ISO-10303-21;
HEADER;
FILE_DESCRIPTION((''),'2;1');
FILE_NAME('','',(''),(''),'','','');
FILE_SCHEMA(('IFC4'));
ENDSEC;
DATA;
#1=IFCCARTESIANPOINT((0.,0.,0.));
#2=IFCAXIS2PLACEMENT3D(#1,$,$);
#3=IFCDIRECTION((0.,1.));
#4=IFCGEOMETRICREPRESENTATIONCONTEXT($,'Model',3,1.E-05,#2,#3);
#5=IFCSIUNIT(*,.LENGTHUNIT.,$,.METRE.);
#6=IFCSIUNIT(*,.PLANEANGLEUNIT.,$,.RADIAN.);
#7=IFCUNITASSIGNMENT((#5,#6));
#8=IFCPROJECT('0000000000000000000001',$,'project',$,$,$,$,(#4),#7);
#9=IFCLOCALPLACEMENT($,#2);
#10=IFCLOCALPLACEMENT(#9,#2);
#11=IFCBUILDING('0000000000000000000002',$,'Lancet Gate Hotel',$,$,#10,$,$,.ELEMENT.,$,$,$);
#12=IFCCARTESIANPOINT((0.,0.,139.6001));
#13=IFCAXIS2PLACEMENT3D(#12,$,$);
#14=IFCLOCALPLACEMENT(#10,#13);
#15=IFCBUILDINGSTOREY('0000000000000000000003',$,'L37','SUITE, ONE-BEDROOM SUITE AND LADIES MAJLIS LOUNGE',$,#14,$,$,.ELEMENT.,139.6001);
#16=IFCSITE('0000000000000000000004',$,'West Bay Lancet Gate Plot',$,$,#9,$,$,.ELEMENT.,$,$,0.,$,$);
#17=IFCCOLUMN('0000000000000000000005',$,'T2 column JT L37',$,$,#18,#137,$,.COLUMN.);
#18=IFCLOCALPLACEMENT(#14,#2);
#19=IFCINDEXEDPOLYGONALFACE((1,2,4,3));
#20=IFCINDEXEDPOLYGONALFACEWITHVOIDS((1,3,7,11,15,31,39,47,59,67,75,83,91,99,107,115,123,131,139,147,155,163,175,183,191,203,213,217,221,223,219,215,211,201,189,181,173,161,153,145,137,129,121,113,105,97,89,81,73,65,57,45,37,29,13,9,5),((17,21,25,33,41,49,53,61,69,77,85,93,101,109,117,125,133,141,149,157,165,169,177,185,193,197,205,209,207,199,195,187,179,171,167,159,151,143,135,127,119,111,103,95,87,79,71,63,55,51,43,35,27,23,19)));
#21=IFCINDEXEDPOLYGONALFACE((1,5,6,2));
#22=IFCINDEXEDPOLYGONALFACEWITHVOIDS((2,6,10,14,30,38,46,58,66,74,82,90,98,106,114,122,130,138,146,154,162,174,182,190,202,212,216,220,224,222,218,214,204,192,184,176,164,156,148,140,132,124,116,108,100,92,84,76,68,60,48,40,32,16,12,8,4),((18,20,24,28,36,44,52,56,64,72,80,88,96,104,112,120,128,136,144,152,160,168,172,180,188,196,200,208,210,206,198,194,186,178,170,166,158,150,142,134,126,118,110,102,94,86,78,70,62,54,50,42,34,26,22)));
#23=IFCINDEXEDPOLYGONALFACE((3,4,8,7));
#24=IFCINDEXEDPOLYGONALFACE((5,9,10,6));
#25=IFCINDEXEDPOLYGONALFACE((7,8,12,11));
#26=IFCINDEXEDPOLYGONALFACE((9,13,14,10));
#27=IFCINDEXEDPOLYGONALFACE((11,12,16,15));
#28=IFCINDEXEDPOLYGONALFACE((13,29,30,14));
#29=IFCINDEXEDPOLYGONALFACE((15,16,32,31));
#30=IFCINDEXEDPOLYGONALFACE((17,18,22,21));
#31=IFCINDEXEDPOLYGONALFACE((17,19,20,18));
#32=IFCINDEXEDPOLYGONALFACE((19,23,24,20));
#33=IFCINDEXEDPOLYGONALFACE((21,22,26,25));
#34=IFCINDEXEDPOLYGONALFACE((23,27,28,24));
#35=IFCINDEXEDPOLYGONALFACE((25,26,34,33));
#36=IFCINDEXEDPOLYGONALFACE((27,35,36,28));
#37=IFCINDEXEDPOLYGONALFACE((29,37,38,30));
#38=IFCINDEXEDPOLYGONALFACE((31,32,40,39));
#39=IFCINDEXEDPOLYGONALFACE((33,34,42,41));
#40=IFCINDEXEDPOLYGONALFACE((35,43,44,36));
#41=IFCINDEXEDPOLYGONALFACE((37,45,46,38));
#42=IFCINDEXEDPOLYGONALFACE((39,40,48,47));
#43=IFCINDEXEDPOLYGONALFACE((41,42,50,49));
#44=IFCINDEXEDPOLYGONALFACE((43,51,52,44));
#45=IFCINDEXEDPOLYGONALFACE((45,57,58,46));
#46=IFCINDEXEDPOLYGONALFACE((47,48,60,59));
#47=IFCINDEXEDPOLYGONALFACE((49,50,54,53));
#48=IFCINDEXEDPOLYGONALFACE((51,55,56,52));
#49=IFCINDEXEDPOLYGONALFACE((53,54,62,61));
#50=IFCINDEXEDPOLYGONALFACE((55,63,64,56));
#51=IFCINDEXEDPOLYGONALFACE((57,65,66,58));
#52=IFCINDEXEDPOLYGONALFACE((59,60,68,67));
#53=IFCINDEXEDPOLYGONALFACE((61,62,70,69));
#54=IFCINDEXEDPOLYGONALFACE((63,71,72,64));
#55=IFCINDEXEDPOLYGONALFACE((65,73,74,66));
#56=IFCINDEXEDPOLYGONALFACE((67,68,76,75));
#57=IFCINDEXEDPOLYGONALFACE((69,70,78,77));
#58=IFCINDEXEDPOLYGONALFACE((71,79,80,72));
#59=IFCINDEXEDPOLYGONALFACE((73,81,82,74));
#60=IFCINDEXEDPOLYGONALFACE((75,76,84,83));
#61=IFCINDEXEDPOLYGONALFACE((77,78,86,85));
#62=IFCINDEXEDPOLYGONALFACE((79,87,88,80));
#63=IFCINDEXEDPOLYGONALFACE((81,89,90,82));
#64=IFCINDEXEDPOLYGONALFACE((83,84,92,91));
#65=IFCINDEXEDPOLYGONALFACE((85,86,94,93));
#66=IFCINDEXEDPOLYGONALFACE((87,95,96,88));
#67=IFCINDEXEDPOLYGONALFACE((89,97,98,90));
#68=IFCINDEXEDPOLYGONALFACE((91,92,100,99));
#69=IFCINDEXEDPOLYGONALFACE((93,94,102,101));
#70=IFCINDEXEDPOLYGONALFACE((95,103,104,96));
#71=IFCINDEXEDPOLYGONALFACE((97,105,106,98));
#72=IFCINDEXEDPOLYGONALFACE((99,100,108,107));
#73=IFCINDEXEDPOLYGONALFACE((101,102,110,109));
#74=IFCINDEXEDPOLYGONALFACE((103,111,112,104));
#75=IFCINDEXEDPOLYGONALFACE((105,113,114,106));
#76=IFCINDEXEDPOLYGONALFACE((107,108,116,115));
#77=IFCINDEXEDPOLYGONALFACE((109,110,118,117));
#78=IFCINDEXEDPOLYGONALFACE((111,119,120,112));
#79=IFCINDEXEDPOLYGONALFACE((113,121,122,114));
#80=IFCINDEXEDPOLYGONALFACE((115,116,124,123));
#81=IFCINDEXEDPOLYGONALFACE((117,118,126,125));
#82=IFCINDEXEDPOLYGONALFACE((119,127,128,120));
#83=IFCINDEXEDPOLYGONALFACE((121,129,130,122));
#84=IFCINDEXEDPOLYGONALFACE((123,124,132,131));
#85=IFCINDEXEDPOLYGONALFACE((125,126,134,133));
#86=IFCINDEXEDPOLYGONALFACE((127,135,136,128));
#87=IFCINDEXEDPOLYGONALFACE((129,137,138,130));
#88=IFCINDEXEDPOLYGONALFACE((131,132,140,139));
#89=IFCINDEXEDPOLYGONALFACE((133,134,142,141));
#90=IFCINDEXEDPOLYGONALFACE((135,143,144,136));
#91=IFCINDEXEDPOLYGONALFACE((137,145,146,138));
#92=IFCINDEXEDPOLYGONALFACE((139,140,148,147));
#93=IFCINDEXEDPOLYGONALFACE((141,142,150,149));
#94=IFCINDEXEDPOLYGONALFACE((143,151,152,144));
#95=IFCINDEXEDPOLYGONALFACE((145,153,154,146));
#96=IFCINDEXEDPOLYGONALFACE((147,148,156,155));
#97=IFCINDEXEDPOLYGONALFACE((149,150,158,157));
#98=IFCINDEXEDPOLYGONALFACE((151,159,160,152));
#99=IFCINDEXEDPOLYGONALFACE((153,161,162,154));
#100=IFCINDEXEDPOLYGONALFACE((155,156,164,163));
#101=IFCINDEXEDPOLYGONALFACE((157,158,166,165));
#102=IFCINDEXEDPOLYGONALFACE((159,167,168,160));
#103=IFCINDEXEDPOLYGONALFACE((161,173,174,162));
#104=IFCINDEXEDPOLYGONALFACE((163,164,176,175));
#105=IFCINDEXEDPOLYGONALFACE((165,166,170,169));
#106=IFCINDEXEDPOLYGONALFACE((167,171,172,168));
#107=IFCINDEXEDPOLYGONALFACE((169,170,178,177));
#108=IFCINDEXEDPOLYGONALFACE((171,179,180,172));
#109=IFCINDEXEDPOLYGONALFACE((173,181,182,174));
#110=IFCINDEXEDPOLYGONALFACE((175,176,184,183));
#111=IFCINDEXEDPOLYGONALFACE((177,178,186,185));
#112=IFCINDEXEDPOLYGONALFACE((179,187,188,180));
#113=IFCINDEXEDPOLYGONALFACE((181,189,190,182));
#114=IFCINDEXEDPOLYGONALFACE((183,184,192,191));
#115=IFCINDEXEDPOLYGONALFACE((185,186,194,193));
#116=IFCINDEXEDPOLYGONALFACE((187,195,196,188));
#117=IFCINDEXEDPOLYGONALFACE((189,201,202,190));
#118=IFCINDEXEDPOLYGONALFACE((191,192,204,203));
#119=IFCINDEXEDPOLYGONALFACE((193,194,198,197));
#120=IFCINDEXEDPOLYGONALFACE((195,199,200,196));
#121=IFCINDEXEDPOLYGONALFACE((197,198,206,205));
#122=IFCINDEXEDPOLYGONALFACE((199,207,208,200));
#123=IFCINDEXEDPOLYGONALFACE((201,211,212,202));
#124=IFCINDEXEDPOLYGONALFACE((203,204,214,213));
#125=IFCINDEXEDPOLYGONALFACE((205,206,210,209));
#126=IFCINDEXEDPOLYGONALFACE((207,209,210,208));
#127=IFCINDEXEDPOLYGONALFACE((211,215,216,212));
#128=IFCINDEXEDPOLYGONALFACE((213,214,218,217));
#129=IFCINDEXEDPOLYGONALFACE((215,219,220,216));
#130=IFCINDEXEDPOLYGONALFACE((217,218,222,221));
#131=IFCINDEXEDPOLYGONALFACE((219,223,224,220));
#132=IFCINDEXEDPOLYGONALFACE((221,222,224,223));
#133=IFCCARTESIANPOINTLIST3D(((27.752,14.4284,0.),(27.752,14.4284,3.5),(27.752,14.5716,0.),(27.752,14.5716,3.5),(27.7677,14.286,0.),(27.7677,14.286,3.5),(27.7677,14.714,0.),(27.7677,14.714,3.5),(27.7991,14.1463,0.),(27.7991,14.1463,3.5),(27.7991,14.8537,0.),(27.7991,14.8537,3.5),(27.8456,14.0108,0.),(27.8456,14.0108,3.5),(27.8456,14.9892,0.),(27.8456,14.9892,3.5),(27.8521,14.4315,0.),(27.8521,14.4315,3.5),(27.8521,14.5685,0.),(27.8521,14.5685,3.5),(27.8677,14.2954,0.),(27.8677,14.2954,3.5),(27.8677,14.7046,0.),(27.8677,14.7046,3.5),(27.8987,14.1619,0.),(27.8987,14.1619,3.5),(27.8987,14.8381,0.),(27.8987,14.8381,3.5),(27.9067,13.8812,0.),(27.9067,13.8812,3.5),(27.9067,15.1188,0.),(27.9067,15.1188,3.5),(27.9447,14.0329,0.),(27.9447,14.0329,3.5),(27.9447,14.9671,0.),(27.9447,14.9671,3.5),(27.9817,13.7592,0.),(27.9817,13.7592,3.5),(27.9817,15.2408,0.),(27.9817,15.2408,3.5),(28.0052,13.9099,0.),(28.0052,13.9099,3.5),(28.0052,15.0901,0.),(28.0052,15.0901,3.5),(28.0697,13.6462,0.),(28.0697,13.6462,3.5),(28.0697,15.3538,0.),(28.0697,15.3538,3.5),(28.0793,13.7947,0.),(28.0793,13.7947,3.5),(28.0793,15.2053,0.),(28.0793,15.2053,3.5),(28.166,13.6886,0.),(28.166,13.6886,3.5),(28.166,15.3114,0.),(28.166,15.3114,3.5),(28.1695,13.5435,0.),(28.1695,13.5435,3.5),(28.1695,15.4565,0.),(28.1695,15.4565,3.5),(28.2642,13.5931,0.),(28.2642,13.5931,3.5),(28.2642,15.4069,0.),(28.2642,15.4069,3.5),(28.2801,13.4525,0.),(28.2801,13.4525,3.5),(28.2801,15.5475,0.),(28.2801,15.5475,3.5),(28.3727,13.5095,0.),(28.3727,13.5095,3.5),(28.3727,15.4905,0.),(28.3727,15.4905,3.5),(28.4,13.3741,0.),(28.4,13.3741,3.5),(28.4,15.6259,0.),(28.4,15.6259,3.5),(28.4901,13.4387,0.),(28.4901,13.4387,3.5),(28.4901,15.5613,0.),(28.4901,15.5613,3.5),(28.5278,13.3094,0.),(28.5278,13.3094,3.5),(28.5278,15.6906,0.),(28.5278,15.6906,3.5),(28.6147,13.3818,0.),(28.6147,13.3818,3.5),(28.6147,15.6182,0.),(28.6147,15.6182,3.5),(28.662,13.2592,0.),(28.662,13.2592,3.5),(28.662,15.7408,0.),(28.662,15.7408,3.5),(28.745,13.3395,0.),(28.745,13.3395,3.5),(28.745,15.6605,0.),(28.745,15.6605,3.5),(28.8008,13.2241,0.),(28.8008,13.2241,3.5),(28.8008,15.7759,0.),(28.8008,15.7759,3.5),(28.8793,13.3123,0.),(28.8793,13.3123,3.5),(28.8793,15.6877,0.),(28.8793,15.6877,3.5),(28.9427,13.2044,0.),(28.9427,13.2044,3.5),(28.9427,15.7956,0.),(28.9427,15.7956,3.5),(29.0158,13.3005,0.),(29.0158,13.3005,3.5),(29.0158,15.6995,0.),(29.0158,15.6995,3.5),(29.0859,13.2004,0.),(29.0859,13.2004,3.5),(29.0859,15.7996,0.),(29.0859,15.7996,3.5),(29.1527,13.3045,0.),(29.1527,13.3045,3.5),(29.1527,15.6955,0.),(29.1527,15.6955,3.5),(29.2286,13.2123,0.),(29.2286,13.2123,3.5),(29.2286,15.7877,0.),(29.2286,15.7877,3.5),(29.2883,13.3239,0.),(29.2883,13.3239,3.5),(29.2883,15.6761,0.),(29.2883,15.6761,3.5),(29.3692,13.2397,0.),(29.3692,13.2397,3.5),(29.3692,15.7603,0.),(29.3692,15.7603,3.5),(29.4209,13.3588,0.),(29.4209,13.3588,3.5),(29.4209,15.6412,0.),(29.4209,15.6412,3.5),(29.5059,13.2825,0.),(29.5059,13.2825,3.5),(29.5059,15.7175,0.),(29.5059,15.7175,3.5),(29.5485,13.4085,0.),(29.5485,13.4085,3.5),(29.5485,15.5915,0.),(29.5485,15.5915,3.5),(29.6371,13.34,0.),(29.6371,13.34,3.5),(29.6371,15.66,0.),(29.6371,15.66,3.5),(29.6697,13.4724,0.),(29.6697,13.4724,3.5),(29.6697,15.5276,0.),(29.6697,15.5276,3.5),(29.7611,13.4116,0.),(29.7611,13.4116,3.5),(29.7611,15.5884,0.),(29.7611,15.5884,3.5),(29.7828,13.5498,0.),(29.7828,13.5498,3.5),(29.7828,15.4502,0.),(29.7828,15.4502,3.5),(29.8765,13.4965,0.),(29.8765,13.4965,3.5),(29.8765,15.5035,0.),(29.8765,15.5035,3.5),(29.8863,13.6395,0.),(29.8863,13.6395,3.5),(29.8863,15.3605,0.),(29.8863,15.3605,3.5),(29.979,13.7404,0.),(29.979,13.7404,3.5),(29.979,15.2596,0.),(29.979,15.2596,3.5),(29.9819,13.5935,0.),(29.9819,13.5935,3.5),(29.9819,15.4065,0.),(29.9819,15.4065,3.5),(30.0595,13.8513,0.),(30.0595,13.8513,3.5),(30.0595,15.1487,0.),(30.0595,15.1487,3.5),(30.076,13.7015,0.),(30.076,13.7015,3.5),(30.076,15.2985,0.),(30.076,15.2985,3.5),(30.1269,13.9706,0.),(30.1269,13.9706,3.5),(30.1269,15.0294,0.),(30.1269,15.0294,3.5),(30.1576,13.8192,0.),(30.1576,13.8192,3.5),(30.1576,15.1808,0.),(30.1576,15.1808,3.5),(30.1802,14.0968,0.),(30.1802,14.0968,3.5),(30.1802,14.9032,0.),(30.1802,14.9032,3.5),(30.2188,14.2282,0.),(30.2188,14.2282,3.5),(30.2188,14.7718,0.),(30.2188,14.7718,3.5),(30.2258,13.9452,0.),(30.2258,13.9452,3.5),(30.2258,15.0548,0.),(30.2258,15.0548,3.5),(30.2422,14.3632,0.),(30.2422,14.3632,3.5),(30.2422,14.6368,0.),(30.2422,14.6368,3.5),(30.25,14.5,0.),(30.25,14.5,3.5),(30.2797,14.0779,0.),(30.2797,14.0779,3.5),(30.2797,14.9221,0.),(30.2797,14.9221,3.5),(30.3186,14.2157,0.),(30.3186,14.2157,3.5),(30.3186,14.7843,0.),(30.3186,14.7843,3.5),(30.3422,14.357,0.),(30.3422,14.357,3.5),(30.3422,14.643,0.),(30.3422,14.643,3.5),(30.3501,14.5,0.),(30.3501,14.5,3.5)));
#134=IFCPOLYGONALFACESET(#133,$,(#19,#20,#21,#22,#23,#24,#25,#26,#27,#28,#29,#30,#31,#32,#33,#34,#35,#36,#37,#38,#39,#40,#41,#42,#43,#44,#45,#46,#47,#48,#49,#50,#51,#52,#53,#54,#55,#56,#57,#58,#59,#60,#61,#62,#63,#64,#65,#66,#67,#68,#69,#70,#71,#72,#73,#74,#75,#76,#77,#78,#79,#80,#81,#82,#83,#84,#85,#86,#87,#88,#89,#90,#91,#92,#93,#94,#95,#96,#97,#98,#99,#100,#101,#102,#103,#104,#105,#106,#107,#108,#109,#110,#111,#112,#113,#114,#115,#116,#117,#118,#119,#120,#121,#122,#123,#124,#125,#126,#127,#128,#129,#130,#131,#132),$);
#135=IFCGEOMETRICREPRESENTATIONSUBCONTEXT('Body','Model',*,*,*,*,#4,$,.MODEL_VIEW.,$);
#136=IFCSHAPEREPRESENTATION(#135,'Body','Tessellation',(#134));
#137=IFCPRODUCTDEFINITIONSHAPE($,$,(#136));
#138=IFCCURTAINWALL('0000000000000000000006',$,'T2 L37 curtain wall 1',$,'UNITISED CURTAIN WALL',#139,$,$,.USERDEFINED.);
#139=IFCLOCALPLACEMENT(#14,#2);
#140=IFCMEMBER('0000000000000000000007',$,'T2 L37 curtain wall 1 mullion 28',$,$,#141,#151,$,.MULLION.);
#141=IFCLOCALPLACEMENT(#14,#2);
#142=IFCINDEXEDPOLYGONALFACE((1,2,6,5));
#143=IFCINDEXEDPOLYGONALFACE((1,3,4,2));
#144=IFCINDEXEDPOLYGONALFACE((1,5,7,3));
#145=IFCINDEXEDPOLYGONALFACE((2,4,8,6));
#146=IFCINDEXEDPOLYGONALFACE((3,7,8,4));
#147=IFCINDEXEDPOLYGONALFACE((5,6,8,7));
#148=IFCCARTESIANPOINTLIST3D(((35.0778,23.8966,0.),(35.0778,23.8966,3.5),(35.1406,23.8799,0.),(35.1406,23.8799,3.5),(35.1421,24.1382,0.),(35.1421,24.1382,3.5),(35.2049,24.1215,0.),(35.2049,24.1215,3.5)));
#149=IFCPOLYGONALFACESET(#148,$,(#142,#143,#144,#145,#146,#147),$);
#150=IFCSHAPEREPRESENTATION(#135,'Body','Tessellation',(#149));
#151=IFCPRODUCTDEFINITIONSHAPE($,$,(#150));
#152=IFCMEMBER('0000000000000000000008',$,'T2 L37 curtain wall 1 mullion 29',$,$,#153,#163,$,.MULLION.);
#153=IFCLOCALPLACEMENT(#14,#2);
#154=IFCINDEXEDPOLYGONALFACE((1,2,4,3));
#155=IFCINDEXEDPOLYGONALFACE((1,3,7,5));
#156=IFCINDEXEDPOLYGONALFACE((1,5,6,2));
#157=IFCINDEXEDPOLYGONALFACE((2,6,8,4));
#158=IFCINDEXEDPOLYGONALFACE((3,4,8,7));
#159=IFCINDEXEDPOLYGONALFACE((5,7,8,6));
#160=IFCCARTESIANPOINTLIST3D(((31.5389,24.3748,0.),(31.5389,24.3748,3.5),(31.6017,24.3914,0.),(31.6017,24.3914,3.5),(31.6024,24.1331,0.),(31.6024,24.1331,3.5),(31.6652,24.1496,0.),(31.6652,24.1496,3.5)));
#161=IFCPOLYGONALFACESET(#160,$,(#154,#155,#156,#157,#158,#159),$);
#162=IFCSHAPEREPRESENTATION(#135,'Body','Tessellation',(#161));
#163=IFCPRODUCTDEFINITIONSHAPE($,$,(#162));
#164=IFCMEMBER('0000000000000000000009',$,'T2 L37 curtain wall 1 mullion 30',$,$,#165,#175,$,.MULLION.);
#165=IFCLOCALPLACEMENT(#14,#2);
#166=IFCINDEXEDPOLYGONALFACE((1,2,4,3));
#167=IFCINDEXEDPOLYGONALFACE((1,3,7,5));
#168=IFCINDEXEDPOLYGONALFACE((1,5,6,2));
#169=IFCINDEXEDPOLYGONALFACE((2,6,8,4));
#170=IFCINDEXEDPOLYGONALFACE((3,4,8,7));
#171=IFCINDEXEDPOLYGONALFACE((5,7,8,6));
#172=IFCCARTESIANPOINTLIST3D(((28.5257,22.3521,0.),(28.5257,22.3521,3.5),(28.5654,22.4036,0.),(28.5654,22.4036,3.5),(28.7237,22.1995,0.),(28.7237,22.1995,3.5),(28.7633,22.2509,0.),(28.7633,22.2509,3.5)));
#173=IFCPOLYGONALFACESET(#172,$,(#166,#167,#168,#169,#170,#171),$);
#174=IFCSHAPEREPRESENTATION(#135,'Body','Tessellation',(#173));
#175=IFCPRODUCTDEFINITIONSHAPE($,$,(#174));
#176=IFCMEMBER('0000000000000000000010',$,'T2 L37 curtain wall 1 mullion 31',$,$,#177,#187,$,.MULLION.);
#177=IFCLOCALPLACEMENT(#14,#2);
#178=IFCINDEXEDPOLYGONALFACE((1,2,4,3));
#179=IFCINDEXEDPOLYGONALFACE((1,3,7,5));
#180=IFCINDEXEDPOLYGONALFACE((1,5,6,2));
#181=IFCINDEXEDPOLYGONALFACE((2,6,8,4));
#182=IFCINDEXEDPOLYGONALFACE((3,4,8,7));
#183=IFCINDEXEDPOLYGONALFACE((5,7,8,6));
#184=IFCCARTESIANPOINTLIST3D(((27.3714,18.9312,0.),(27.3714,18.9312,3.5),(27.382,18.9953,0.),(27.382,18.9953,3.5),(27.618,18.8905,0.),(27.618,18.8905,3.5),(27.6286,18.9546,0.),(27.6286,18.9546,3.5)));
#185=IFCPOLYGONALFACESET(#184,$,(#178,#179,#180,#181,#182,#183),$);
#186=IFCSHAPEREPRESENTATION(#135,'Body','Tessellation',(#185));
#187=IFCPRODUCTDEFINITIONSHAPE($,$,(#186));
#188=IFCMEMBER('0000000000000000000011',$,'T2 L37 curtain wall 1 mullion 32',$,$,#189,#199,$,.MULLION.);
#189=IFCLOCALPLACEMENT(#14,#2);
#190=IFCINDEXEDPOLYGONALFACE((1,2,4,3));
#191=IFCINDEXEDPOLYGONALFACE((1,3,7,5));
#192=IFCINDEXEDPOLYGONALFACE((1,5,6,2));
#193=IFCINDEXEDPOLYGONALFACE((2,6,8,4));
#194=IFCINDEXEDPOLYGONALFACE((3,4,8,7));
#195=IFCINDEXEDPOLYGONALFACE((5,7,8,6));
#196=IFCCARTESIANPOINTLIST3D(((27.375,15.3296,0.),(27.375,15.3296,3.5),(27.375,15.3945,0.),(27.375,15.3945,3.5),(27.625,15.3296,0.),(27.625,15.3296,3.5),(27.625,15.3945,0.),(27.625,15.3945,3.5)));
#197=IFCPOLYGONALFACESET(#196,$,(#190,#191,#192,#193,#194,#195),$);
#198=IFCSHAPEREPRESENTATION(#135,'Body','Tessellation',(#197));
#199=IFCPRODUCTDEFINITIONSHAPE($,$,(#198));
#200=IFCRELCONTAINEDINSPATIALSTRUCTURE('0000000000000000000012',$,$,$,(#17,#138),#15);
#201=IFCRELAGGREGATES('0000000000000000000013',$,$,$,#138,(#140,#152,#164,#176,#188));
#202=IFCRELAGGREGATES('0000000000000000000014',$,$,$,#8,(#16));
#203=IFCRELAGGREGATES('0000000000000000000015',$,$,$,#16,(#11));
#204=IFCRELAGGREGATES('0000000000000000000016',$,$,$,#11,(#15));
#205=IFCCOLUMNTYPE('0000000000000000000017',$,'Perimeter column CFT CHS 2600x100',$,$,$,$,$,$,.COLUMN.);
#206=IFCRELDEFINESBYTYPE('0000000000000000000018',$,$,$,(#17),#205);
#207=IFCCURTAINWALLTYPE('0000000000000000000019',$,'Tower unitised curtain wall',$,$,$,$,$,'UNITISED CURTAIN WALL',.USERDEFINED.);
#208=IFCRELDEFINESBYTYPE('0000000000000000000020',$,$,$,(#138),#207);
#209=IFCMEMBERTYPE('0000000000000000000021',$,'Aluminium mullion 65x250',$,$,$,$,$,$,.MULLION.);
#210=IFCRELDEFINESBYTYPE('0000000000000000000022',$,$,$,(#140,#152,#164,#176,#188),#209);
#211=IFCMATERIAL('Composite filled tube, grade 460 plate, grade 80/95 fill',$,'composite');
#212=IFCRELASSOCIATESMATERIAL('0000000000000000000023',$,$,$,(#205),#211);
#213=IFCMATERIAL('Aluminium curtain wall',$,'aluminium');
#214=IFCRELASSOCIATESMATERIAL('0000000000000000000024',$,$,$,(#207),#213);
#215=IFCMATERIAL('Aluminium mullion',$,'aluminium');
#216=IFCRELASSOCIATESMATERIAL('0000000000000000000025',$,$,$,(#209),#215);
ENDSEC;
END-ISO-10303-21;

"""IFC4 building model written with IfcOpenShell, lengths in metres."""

from ifc_helpers import new_model, si_unit, direction, frame, origin, origin_2d, place, context, subcontext, project, spatial, rectangle, hollow_circle, extrude, material, material_profile, profile_set, type_object, element, aggregate, save


model = new_model("IFC4")

# Units and contexts
model_context = context("Model", 3, precision=1e-05, world=origin(), true_north=direction((0.0, 1.0)))
body_context = subcontext(model_context, "Body", "Model", "MODEL_VIEW")
ifc_project = project(units=[si_unit("LENGTHUNIT", "METRE"), si_unit("PLANEANGLEUNIT", "RADIAN")], contexts=[model_context])

# Site, building, storey
site_placement = place(None, origin())
site = spatial("IfcSite", under=ifc_project, at=site_placement, Name="West Bay Lancet Gate Plot", CompositionType="ELEMENT", RefElevation=0.0)
building_placement = place(site_placement, origin())
building = spatial("IfcBuilding", under=site, at=building_placement, Name="Lancet Gate Hotel", CompositionType="ELEMENT")
storey_placement = place(building_placement, frame((0.0, 0.0, 139.6001)))
storey = spatial("IfcBuildingStorey", under=building, at=storey_placement, Name="L37", Description="SUITE, ONE-BEDROOM SUITE AND LADIES MAJLIS LOUNGE", CompositionType="ELEMENT", Elevation=139.6001)

# Column
ifc_material_1 = material(Name="Composite filled tube, grade 460 plate, grade 80/95 fill", Category="composite")
ifc_material_profile_1 = material_profile(ifc_material_1, hollow_circle(Radius=1.3, WallThickness=0.1001, at=origin_2d()), Name="CHS 2600x100")
ifc_profile_set_1 = profile_set([ifc_material_profile_1], Name="Composite filled tube, grade 460 plate, grade 80/95 fill")
column_type = type_object("IfcColumnType", Name="Perimeter column CFT CHS 2600x100", PredefinedType="COLUMN", material=ifc_profile_set_1)
for number, where, z_axis, x_axis, name in (
    (1, (29.05, 14.5, 0.0), (0.0, 0.0, 1.0), (1.0, 0.0, 0.0), "T2 column JT L37"),
):
    element("IfcColumn", number, at=place(storey_placement, frame(where, z_axis=z_axis, x_axis=x_axis)), inside=storey, type_object=column_type, Name=name, PredefinedType="COLUMN", context=body_context, shape_type="SweptSolid", body=[
        extrude(hollow_circle(Radius=1.3, WallThickness=0.1001, at=origin_2d()), origin(), (0.0, 0.0, 1.0), 3.5),
    ])

# Curtain wall, members
ifc_material_2 = material(Name="Aluminium curtain wall", Category="aluminium")
curtain_wall_type = type_object("IfcCurtainWallType", Name="Tower unitised curtain wall", ElementType="UNITISED CURTAIN WALL", PredefinedType="USERDEFINED", material=ifc_material_2)
curtain_wall_placement = place(storey_placement, origin())
curtain_wall = element("IfcCurtainWall", 2, at=curtain_wall_placement, inside=storey, type_object=curtain_wall_type, Name="T2 L37 curtain wall 1", ObjectType="UNITISED CURTAIN WALL", PredefinedType="USERDEFINED")
ifc_material_3 = material(Name="Aluminium mullion", Category="aluminium")
ifc_material_profile_2 = material_profile(ifc_material_3, rectangle(XDim=0.0649, YDim=0.25, at=origin_2d()), Name="MULLION 65x250")
ifc_profile_set_2 = profile_set([ifc_material_profile_2], Name="Aluminium mullion")
member_type_1 = type_object("IfcMemberType", Name="Aluminium mullion 65x250", PredefinedType="MULLION", material=ifc_profile_set_2)
member_1_placement = place(storey_placement, frame((35.1414, 24.009, 0.0), z_axis=(0.0, 0.0, 1.0), x_axis=(-0.966317, 0.257353, 0.0)))
member_1 = element("IfcMember", 3, at=member_1_placement, type_object=member_type_1, Name="T2 L37 curtain wall 1 mullion 28", PredefinedType="MULLION", context=body_context, shape_type="SweptSolid", body=[
    extrude(rectangle(XDim=0.0649, YDim=0.25, at=origin_2d()), origin(), (0.0, 0.0, 1.0), 3.5),
])
member_2_placement = place(storey_placement, frame((31.6021, 24.2622, 0.0), z_axis=(0.0, 0.0, 1.0), x_axis=(-0.967157, -0.254179, 0.0)))
member_2 = element("IfcMember", 4, at=member_2_placement, type_object=member_type_1, Name="T2 L37 curtain wall 1 mullion 29", PredefinedType="MULLION", context=body_context, shape_type="SweptSolid", body=[
    extrude(rectangle(XDim=0.0649, YDim=0.25, at=origin_2d()), origin(), (0.0, 0.0, 1.0), 3.5),
])
member_3_placement = place(storey_placement, frame((28.6445, 22.3015, 0.0), z_axis=(0.0, 0.0, 1.0), x_axis=(-0.610664, -0.79189, 0.0)))
member_3 = element("IfcMember", 5, at=member_3_placement, type_object=member_type_1, Name="T2 L37 curtain wall 1 mullion 30", PredefinedType="MULLION", context=body_context, shape_type="SweptSolid", body=[
    extrude(rectangle(XDim=0.0649, YDim=0.25, at=origin_2d()), origin(), (0.0, 0.0, 1.0), 3.5),
])
member_4_placement = place(storey_placement, frame((27.5, 18.9429, 0.0), z_axis=(0.0, 0.0, 1.0), x_axis=(-0.162739, -0.986669, 0.0)))
member_4 = element("IfcMember", 6, at=member_4_placement, type_object=member_type_1, Name="T2 L37 curtain wall 1 mullion 31", PredefinedType="MULLION", context=body_context, shape_type="SweptSolid", body=[
    extrude(rectangle(XDim=0.0649, YDim=0.25, at=origin_2d()), origin(), (0.0, 0.0, 1.0), 3.5),
])
member_5_placement = place(storey_placement, frame((27.5, 15.3621, 0.0), z_axis=(0.0, 0.0, 1.0), x_axis=(0.0, -1.0, 0.0)))
member_5 = element("IfcMember", 7, at=member_5_placement, type_object=member_type_1, Name="T2 L37 curtain wall 1 mullion 32", PredefinedType="MULLION", context=body_context, shape_type="SweptSolid", body=[
    extrude(rectangle(XDim=0.0649, YDim=0.25, at=origin_2d()), origin(), (0.0, 0.0, 1.0), 3.5),
])

aggregate(curtain_wall, [member_1, member_2, member_3, member_4, member_5])

save(model, "model.ifc")
